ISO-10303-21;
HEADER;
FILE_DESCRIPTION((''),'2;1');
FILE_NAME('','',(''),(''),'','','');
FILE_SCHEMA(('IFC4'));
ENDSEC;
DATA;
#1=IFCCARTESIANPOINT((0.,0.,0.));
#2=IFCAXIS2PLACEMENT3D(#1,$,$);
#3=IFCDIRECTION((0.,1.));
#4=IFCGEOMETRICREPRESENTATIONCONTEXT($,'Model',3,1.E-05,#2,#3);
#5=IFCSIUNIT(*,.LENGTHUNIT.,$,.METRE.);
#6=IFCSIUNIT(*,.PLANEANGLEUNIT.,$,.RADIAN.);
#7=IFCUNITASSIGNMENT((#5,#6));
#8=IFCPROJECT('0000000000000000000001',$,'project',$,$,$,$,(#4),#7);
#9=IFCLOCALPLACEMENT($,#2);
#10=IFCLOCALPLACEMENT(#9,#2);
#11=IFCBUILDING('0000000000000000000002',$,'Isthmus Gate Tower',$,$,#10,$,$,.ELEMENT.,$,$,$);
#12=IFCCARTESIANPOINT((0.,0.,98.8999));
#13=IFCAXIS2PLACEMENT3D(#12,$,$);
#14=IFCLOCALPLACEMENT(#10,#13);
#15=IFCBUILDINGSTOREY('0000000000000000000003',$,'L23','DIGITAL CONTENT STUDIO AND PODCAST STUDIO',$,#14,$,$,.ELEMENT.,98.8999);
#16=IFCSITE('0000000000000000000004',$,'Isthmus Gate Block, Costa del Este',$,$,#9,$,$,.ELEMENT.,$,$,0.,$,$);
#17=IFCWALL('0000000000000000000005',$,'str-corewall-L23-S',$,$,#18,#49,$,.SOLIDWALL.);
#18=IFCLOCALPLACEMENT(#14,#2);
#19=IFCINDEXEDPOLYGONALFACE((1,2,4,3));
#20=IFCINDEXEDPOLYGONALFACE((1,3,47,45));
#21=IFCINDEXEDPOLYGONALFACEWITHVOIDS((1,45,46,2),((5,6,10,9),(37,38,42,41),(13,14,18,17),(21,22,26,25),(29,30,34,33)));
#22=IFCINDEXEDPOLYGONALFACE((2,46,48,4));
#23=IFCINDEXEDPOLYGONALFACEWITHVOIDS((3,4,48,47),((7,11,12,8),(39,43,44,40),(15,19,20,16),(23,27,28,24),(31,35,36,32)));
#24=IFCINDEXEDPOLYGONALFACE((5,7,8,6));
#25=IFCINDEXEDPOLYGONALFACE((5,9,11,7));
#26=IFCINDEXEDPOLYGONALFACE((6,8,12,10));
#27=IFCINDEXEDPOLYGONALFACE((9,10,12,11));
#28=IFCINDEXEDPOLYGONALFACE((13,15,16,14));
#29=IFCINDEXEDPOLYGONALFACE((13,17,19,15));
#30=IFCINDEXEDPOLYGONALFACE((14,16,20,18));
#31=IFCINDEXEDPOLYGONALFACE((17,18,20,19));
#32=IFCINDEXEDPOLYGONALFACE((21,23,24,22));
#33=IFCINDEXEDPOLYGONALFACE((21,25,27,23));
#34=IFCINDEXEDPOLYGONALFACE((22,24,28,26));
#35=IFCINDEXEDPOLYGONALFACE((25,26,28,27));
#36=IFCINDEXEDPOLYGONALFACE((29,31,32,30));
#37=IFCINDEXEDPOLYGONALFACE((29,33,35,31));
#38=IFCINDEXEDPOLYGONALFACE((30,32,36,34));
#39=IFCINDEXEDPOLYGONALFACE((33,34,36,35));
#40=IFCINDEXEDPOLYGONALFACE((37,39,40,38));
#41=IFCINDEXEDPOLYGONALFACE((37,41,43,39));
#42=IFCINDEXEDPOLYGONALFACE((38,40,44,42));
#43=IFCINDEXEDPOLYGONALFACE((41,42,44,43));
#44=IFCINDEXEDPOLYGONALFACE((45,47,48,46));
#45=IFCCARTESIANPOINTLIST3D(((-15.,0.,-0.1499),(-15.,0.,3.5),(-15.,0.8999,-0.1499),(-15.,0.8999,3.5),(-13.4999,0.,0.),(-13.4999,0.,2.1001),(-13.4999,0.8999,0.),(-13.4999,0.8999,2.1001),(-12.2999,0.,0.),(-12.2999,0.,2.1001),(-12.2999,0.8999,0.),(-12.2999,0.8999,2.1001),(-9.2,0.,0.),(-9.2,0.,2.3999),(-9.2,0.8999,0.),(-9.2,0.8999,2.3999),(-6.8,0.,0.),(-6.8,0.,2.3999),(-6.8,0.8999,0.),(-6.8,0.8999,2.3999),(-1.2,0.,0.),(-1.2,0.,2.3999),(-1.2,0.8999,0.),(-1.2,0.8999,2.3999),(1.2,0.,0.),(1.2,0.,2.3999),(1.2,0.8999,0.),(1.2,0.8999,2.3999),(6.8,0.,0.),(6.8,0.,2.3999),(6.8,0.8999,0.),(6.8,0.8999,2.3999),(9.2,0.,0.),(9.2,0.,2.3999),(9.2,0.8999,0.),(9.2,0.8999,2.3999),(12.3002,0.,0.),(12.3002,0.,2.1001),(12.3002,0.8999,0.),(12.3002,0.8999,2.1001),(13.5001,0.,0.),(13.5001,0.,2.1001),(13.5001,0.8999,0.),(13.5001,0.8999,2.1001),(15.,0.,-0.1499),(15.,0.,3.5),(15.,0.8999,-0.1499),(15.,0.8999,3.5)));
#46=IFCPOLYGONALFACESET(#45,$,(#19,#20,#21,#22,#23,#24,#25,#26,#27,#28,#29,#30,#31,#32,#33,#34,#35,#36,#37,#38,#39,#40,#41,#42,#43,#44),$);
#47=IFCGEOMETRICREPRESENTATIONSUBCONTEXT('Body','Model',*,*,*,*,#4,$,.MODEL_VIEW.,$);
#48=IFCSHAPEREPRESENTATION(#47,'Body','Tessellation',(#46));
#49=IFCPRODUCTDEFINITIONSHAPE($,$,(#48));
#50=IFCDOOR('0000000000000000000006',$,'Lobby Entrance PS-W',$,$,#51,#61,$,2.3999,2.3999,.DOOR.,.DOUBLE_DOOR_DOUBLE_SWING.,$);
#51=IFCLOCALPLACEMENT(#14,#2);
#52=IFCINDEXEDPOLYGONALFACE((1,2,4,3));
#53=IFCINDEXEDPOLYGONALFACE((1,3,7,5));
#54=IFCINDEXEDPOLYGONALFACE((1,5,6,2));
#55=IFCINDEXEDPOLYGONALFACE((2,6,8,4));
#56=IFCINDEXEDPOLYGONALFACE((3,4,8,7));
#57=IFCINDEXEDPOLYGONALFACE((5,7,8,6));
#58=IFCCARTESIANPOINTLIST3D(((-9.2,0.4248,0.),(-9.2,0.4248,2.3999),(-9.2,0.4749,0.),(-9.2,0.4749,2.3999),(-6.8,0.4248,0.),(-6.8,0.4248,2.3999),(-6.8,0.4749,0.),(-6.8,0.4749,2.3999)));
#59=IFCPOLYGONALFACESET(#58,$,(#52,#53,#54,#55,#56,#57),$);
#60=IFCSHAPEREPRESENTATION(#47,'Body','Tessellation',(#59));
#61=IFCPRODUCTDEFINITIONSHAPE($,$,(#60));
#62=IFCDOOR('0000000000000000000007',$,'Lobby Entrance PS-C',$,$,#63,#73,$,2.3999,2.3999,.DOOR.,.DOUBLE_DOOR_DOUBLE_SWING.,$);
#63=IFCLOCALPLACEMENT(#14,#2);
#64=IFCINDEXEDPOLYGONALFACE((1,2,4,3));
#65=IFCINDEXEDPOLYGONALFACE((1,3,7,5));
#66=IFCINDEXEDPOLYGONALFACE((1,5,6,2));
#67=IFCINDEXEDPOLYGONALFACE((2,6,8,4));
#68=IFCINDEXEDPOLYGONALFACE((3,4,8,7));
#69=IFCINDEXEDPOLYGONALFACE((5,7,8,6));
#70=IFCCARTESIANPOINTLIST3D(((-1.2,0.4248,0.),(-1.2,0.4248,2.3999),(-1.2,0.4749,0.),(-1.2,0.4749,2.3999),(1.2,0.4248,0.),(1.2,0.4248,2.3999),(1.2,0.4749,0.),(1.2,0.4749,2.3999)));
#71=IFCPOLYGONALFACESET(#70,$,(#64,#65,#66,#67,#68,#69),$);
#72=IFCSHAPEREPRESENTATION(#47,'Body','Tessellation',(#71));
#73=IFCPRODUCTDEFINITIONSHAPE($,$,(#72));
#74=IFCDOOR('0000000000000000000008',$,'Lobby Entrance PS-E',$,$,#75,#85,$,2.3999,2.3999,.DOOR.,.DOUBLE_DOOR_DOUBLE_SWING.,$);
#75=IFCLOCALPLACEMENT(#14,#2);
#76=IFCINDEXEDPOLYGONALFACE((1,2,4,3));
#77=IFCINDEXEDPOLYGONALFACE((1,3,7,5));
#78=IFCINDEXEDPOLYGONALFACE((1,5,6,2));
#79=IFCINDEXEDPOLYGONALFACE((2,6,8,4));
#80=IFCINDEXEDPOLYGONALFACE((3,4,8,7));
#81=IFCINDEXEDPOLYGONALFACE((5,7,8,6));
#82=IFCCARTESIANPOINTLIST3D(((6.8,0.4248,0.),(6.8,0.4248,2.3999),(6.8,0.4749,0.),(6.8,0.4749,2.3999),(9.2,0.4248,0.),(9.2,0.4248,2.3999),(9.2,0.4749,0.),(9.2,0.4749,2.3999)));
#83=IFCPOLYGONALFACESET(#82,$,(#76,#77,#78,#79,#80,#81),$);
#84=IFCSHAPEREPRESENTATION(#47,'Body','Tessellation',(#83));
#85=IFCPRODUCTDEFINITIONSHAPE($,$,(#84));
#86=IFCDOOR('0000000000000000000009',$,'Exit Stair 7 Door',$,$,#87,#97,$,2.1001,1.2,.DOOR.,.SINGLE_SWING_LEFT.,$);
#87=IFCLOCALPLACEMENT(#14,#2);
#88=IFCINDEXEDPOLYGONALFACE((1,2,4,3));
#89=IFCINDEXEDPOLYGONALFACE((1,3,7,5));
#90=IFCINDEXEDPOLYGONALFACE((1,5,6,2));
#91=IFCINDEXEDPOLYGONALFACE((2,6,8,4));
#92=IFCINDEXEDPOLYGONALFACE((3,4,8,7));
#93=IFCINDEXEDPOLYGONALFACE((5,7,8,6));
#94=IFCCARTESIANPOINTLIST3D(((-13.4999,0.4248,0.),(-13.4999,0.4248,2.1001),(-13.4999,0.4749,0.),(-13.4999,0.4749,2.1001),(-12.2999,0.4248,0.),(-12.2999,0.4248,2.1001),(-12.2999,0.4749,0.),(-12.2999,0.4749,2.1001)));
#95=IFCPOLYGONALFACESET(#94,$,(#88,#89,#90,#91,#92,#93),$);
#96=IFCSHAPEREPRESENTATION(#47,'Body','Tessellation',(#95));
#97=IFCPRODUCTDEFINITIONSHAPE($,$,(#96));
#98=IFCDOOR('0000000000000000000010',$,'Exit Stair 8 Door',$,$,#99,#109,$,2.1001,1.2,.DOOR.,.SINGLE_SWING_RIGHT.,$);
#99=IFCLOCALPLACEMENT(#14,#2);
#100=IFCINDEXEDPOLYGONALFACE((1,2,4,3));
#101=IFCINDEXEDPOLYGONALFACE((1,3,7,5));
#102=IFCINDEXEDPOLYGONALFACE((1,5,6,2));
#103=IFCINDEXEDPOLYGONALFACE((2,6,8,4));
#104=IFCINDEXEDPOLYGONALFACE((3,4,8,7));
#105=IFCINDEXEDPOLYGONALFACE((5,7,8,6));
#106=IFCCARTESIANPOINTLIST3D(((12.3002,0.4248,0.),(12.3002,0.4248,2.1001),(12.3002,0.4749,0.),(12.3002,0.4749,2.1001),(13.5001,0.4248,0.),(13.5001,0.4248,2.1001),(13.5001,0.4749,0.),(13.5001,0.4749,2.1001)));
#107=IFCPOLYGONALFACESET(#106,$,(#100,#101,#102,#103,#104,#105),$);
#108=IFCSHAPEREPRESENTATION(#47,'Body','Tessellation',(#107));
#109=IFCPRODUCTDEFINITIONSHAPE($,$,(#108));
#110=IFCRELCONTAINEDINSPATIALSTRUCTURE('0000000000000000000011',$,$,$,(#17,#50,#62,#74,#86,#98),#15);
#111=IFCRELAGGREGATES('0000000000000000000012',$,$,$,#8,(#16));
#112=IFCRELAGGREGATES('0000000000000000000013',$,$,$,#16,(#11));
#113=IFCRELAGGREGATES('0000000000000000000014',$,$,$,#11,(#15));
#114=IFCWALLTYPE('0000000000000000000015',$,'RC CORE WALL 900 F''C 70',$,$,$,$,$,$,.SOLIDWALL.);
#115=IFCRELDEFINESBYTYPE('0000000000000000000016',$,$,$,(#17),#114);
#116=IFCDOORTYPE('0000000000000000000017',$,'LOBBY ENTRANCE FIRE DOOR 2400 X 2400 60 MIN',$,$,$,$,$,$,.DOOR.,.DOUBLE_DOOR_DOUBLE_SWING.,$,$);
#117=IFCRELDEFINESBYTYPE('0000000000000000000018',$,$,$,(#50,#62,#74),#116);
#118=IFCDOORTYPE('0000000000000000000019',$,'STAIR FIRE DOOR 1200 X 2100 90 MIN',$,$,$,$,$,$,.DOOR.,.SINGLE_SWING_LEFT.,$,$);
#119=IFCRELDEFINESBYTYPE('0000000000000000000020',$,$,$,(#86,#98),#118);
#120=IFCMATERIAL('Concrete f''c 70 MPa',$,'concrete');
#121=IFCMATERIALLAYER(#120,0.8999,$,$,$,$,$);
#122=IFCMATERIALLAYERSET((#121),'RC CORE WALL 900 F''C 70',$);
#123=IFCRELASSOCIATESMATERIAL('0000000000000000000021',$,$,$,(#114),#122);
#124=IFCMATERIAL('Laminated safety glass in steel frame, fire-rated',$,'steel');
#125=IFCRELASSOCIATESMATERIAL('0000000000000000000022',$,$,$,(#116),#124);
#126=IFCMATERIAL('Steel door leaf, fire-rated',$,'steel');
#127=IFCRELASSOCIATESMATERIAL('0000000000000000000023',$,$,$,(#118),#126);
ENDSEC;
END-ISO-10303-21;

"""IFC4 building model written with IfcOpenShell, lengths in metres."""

from ifc_helpers import new_model, si_unit, direction, frame, frame_2d, origin, place, context, subcontext, project, spatial, rectangle, extrude, material, layer, layer_set, type_object, element, fill, save


model = new_model("IFC4")

# Units and contexts
model_context = context("Model", 3, precision=1e-05, world=origin(), true_north=direction((0.0, 1.0)))
body_context = subcontext(model_context, "Body", "Model", "MODEL_VIEW")
ifc_project = project(units=[si_unit("LENGTHUNIT", "METRE"), si_unit("PLANEANGLEUNIT", "RADIAN")], contexts=[model_context])

# Site, building, storey
site_placement = place(None, origin())
site = spatial("IfcSite", under=ifc_project, at=site_placement, Name="Isthmus Gate Block, Costa del Este", CompositionType="ELEMENT", RefElevation=0.0)
building_placement = place(site_placement, origin())
building = spatial("IfcBuilding", under=site, at=building_placement, Name="Isthmus Gate Tower", CompositionType="ELEMENT")
storey_placement = place(building_placement, frame((0.0, 0.0, 98.8999)))
storey = spatial("IfcBuildingStorey", under=building, at=storey_placement, Name="L23", Description="DIGITAL CONTENT STUDIO AND PODCAST STUDIO", CompositionType="ELEMENT", Elevation=98.8999)

# Wall, openings, doors
ifc_material_1 = material(Name="Concrete f'c 70 MPa", Category="concrete")
ifc_layer_1 = layer(ifc_material_1, 0.8999)
ifc_layer_set_1 = layer_set([ifc_layer_1], Name="RC CORE WALL 900 F'C 70")
wall_type_1 = type_object("IfcWallType", Name="RC CORE WALL 900 F'C 70", PredefinedType="SOLIDWALL", material=ifc_layer_set_1)
wall_1_placement = place(storey_placement, frame((-15.0, 0.45, -0.1499), z_axis=(0.0, 0.0, 1.0), x_axis=(1.0, 0.0, 0.0)))
wall_1 = element("IfcWall", 1, at=wall_1_placement, inside=storey, type_object=wall_type_1, Name="str-corewall-L23-S", PredefinedType="SOLIDWALL", context=body_context, shape_type="SweptSolid", body=[
    extrude(rectangle(XDim=30.0, YDim=0.8999, at=frame_2d((15.0, 0.0))), origin(), (0.0, 0.0, 1.0), 3.6499),
])
opening_1_placement = place(wall_1_placement, frame((5.8, 0.0, 0.1499)))
opening_1 = element("IfcOpeningElement", 2, at=opening_1_placement, cuts=wall_1, PredefinedType="OPENING", context=body_context, shape_type="SweptSolid", body=[
    extrude(rectangle(XDim=2.3999, YDim=2.3999, at=frame_2d((1.2, 1.2))), frame((0.0, 0.46, 0.0), z_axis=(0.0, -1.0, 0.0), x_axis=(1.0, 0.0, 0.0)), (0.0, 0.0, 1.0), 0.9199),
])
opening_2_placement = place(wall_1_placement, frame((13.8, 0.0, 0.1499)))
opening_2 = element("IfcOpeningElement", 3, at=opening_2_placement, cuts=wall_1, PredefinedType="OPENING", context=body_context, shape_type="SweptSolid", body=[
    extrude(rectangle(XDim=2.3999, YDim=2.3999, at=frame_2d((1.2, 1.2))), frame((0.0, 0.46, 0.0), z_axis=(0.0, -1.0, 0.0), x_axis=(1.0, 0.0, 0.0)), (0.0, 0.0, 1.0), 0.9199),
])
opening_3_placement = place(wall_1_placement, frame((21.8, 0.0, 0.1499)))
opening_3 = element("IfcOpeningElement", 4, at=opening_3_placement, cuts=wall_1, PredefinedType="OPENING", context=body_context, shape_type="SweptSolid", body=[
    extrude(rectangle(XDim=2.3999, YDim=2.3999, at=frame_2d((1.2, 1.2))), frame((0.0, 0.46, 0.0), z_axis=(0.0, -1.0, 0.0), x_axis=(1.0, 0.0, 0.0)), (0.0, 0.0, 1.0), 0.9199),
])
opening_4_placement = place(wall_1_placement, frame((1.5, 0.0, 0.1499)))
opening_4 = element("IfcOpeningElement", 5, at=opening_4_placement, cuts=wall_1, PredefinedType="OPENING", context=body_context, shape_type="SweptSolid", body=[
    extrude(rectangle(XDim=1.2, YDim=2.1001, at=frame_2d((0.6001, 1.05))), frame((0.0, 0.46, 0.0), z_axis=(0.0, -1.0, 0.0), x_axis=(1.0, 0.0, 0.0)), (0.0, 0.0, 1.0), 0.9199),
])
opening_5_placement = place(wall_1_placement, frame((27.3, 0.0, 0.1499)))
opening_5 = element("IfcOpeningElement", 6, at=opening_5_placement, cuts=wall_1, PredefinedType="OPENING", context=body_context, shape_type="SweptSolid", body=[
    extrude(rectangle(XDim=1.2, YDim=2.1001, at=frame_2d((0.6001, 1.05))), frame((0.0, 0.46, 0.0), z_axis=(0.0, -1.0, 0.0), x_axis=(1.0, 0.0, 0.0)), (0.0, 0.0, 1.0), 0.9199),
])
ifc_material_2 = material(Name="Laminated safety glass in steel frame, fire-rated", Category="steel")
door_type_1 = type_object("IfcDoorType", Name="LOBBY ENTRANCE FIRE DOOR 2400 X 2400 60 MIN", OperationType="DOUBLE_DOOR_DOUBLE_SWING", PredefinedType="DOOR", material=ifc_material_2)
door_1_placement = place(opening_1_placement, origin())
door_1 = element("IfcDoor", 7, at=door_1_placement, inside=storey, type_object=door_type_1, Name="Lobby Entrance PS-W", OperationType="DOUBLE_DOOR_DOUBLE_SWING", OverallHeight=2.3999, OverallWidth=2.3999, PredefinedType="DOOR", context=body_context, shape_type="SweptSolid", body=[
    extrude(rectangle(XDim=2.3999, YDim=2.3999, at=frame_2d((1.2, 1.2))), frame((0.0, 0.0249, 0.0), z_axis=(0.0, -1.0, 0.0), x_axis=(1.0, 0.0, 0.0)), (0.0, 0.0, 1.0), 0.05),
])
fill(opening_1, door_1)
door_2_placement = place(opening_2_placement, origin())
door_2 = element("IfcDoor", 8, at=door_2_placement, inside=storey, type_object=door_type_1, Name="Lobby Entrance PS-C", OperationType="DOUBLE_DOOR_DOUBLE_SWING", OverallHeight=2.3999, OverallWidth=2.3999, PredefinedType="DOOR", context=body_context, shape_type="SweptSolid", body=[
    extrude(rectangle(XDim=2.3999, YDim=2.3999, at=frame_2d((1.2, 1.2))), frame((0.0, 0.0249, 0.0), z_axis=(0.0, -1.0, 0.0), x_axis=(1.0, 0.0, 0.0)), (0.0, 0.0, 1.0), 0.05),
])
fill(opening_2, door_2)
door_3_placement = place(opening_3_placement, origin())
door_3 = element("IfcDoor", 9, at=door_3_placement, inside=storey, type_object=door_type_1, Name="Lobby Entrance PS-E", OperationType="DOUBLE_DOOR_DOUBLE_SWING", OverallHeight=2.3999, OverallWidth=2.3999, PredefinedType="DOOR", context=body_context, shape_type="SweptSolid", body=[
    extrude(rectangle(XDim=2.3999, YDim=2.3999, at=frame_2d((1.2, 1.2))), frame((0.0, 0.0249, 0.0), z_axis=(0.0, -1.0, 0.0), x_axis=(1.0, 0.0, 0.0)), (0.0, 0.0, 1.0), 0.05),
])
fill(opening_3, door_3)
ifc_material_3 = material(Name="Steel door leaf, fire-rated", Category="steel")
door_type_2 = type_object("IfcDoorType", Name="STAIR FIRE DOOR 1200 X 2100 90 MIN", OperationType="SINGLE_SWING_LEFT", PredefinedType="DOOR", material=ifc_material_3)
door_4_placement = place(opening_4_placement, origin())
door_4 = element("IfcDoor", 10, at=door_4_placement, inside=storey, type_object=door_type_2, Name="Exit Stair 7 Door", OperationType="SINGLE_SWING_LEFT", OverallHeight=2.1001, OverallWidth=1.2, PredefinedType="DOOR", context=body_context, shape_type="SweptSolid", body=[
    extrude(rectangle(XDim=1.2, YDim=2.1001, at=frame_2d((0.6001, 1.05))), frame((0.0, 0.0249, 0.0), z_axis=(0.0, -1.0, 0.0), x_axis=(1.0, 0.0, 0.0)), (0.0, 0.0, 1.0), 0.05),
])
fill(opening_4, door_4)
door_5_placement = place(opening_5_placement, origin())
door_5 = element("IfcDoor", 11, at=door_5_placement, inside=storey, type_object=door_type_2, Name="Exit Stair 8 Door", OperationType="SINGLE_SWING_RIGHT", OverallHeight=2.1001, OverallWidth=1.2, PredefinedType="DOOR", context=body_context, shape_type="SweptSolid", body=[
    extrude(rectangle(XDim=1.2, YDim=2.1001, at=frame_2d((0.6001, 1.05))), frame((0.0, 0.0249, 0.0), z_axis=(0.0, -1.0, 0.0), x_axis=(1.0, 0.0, 0.0)), (0.0, 0.0, 1.0), 0.05),
])
fill(opening_5, door_5)

save(model, "model.ifc")
